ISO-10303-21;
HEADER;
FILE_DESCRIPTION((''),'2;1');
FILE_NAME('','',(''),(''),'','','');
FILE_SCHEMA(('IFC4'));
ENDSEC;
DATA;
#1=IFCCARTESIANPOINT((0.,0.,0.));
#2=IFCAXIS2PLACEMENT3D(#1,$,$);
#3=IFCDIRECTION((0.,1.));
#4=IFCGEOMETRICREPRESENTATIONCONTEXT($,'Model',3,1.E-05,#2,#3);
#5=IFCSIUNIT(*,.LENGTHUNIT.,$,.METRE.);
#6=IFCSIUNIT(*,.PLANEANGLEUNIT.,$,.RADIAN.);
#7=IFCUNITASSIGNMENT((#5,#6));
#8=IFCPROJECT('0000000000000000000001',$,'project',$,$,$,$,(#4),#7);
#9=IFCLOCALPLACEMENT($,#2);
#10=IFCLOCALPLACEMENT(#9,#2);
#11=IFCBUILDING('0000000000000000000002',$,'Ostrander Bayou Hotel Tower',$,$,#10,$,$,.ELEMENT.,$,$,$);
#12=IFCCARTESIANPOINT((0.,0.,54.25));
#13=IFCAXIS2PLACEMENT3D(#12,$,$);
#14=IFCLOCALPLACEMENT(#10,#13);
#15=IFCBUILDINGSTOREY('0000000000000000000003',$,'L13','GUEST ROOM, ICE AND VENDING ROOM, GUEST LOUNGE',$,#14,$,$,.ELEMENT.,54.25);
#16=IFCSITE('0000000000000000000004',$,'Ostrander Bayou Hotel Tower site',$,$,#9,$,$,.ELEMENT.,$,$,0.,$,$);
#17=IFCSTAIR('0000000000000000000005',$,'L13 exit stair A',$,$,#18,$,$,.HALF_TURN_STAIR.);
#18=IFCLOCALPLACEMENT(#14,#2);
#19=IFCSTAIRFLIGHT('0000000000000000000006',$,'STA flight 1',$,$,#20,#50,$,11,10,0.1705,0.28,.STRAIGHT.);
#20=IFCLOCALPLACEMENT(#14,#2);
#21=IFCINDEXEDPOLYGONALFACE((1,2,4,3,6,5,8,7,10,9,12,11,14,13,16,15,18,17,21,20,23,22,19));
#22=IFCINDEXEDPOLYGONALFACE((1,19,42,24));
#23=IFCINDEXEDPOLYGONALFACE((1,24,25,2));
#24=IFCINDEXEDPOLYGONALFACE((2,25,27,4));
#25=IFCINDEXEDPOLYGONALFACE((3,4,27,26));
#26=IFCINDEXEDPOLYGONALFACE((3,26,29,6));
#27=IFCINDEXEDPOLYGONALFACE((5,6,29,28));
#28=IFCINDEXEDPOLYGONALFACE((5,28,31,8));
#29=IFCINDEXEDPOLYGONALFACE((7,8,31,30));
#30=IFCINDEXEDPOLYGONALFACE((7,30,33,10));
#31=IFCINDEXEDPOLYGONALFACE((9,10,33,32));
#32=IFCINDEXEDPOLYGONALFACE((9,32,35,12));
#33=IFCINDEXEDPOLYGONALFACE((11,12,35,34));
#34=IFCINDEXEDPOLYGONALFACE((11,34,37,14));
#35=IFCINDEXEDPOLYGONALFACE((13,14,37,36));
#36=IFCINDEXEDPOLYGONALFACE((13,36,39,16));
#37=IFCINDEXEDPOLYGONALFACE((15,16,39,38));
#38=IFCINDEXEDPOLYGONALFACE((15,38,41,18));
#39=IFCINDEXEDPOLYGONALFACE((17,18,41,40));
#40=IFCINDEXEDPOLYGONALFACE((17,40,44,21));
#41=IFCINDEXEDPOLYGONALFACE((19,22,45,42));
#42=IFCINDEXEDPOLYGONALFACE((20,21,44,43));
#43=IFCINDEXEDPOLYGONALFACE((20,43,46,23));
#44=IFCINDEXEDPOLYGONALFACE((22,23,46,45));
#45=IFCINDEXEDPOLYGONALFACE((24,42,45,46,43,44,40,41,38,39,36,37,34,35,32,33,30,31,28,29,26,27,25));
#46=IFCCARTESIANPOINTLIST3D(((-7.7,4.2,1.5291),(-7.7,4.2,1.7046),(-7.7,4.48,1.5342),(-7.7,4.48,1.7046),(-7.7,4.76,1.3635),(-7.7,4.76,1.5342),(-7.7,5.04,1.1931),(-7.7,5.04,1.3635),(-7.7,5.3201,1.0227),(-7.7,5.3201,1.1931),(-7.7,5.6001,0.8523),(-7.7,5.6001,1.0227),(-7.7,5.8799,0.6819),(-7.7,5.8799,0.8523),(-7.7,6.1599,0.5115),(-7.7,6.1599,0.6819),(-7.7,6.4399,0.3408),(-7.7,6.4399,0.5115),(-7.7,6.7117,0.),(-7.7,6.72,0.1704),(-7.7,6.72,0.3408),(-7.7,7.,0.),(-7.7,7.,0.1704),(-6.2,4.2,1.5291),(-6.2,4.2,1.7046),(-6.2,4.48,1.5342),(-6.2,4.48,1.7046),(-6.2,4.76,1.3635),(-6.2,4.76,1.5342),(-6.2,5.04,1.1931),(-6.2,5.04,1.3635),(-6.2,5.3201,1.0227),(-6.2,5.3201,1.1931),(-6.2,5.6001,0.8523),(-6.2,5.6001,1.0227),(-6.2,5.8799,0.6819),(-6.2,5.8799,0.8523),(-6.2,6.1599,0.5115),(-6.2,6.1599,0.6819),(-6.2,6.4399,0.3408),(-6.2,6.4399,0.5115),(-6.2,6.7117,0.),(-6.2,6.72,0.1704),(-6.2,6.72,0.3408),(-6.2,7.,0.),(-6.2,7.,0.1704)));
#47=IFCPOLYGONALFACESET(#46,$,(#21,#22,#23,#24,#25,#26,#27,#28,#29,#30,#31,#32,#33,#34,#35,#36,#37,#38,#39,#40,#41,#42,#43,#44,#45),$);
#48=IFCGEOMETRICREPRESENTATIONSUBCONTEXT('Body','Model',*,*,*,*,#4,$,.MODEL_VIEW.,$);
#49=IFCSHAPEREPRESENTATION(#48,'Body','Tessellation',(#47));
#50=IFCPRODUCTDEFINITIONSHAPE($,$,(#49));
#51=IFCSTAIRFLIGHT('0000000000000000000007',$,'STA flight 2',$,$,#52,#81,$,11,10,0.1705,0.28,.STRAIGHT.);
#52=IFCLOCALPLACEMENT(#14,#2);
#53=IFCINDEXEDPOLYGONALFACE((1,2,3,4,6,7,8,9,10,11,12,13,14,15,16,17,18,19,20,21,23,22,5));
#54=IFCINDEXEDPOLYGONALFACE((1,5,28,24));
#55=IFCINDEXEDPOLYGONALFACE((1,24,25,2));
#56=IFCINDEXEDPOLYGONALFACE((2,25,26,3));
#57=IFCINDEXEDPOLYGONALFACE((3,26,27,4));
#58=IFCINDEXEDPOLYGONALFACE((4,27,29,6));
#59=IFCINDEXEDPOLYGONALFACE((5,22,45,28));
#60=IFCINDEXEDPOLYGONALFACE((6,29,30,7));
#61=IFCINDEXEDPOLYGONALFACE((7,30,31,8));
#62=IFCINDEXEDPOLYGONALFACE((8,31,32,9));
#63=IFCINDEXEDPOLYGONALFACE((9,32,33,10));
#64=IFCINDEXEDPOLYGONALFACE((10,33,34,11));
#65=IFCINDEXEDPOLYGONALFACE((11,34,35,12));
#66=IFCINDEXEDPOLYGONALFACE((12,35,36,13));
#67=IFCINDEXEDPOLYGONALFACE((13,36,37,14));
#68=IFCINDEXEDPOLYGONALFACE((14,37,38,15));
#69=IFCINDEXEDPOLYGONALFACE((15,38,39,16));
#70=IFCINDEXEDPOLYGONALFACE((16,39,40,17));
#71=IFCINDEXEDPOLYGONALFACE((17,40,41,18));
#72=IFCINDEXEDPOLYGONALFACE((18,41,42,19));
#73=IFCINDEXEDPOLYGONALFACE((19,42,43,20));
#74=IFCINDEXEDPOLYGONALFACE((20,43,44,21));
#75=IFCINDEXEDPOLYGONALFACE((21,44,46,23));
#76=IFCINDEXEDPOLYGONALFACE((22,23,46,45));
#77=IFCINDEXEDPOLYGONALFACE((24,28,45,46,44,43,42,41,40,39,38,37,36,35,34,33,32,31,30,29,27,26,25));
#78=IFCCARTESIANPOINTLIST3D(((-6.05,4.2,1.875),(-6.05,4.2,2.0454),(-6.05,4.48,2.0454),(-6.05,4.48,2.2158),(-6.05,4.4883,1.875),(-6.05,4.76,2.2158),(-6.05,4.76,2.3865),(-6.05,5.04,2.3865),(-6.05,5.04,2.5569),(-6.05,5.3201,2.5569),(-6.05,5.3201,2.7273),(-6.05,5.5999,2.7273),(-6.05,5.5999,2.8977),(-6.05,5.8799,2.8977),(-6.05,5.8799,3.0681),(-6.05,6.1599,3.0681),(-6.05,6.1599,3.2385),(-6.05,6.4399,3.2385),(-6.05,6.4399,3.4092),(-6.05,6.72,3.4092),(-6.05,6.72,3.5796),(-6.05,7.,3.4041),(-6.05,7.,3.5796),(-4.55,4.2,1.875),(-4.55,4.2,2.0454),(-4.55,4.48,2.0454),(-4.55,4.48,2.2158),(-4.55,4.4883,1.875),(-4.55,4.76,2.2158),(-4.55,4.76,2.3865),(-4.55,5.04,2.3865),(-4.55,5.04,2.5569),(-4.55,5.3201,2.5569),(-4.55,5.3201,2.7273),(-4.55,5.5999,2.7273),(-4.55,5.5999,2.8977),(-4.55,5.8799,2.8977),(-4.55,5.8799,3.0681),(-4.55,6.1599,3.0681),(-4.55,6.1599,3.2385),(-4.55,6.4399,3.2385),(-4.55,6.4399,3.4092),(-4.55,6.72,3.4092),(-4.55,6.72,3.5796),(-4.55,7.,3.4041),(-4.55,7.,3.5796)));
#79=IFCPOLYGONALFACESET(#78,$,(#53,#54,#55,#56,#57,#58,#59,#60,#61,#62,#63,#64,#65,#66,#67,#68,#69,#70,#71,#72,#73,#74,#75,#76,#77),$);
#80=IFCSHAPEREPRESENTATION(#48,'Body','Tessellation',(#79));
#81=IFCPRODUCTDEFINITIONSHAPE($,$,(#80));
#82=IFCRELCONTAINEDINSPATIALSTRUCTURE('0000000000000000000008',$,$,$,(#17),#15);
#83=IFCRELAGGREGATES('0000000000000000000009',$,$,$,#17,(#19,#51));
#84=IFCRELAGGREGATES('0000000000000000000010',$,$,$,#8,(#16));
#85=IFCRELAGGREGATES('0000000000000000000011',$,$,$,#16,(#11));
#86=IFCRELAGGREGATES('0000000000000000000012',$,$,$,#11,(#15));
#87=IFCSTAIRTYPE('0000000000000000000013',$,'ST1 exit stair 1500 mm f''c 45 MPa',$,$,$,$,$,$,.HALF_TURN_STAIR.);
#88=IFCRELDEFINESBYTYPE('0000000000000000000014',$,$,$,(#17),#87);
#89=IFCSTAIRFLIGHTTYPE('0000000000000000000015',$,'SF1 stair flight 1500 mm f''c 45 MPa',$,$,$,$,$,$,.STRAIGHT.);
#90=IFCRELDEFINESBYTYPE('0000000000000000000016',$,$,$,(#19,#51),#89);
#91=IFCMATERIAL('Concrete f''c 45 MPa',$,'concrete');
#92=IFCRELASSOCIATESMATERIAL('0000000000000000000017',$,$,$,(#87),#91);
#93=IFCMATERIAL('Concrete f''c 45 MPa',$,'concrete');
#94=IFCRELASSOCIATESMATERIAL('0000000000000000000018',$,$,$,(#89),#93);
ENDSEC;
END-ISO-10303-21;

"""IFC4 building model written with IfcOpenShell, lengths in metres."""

from ifc_helpers import new_model, si_unit, direction, frame, origin, place, context, subcontext, project, spatial, polyline, outline, extrude, material, type_object, element, aggregate, save


model = new_model("IFC4")

# Units and contexts
model_context = context("Model", 3, precision=1e-05, world=origin(), true_north=direction((0.0, 1.0)))
body_context = subcontext(model_context, "Body", "Model", "MODEL_VIEW")
ifc_project = project(units=[si_unit("LENGTHUNIT", "METRE"), si_unit("PLANEANGLEUNIT", "RADIAN")], contexts=[model_context])

# Site, building, storey
site_placement = place(None, origin())
site = spatial("IfcSite", under=ifc_project, at=site_placement, Name="Ostrander Bayou Hotel Tower site", CompositionType="ELEMENT", RefElevation=0.0)
building_placement = place(site_placement, origin())
building = spatial("IfcBuilding", under=site, at=building_placement, Name="Ostrander Bayou Hotel Tower", CompositionType="ELEMENT")
storey_placement = place(building_placement, frame((0.0, 0.0, 54.25)))
storey = spatial("IfcBuildingStorey", under=building, at=storey_placement, Name="L13", Description="GUEST ROOM, ICE AND VENDING ROOM, GUEST LOUNGE", CompositionType="ELEMENT", Elevation=54.25)

# Stair
ifc_material_1 = material(Name="Concrete f'c 45 MPa", Category="concrete")
stair_type = type_object("IfcStairType", Name="ST1 exit stair 1500 mm f'c 45 MPa", PredefinedType="HALF_TURN_STAIR", material=ifc_material_1)
stair_placement = place(storey_placement, origin())
stair = element("IfcStair", 1, at=stair_placement, inside=storey, type_object=stair_type, Name="L13 exit stair A", PredefinedType="HALF_TURN_STAIR")

# Stair flights
ifc_material_2 = material(Name="Concrete f'c 45 MPa", Category="concrete")
stair_flight_type = type_object("IfcStairFlightType", Name="SF1 stair flight 1500 mm f'c 45 MPa", PredefinedType="STRAIGHT", material=ifc_material_2)
stair_flight_1_placement = place(storey_placement, frame((-6.95, 7.0, 0.0), z_axis=(0.0, 0.0, 1.0), x_axis=(0.0, -1.0, 0.0)))
stair_flight_1 = element("IfcStairFlight", 2, at=stair_flight_1_placement, type_object=stair_flight_type, Name="STA flight 1", NumberOfRisers=11, NumberOfTreads=10, PredefinedType="STRAIGHT", RiserHeight=0.1705, TreadLength=0.28, context=body_context, shape_type="SweptSolid", body=[
    extrude(outline(polyline([(0.0, 0.0), (0.0, 0.1704), (0.28, 0.1704), (0.28, 0.3408), (0.5601, 0.3408), (0.5601, 0.5115), (0.8401, 0.5115), (0.8401, 0.6819), (1.1201, 0.6819), (1.1201, 0.8523), (1.3999, 0.8523), (1.3999, 1.0227), (1.6799, 1.0227), (1.6799, 1.1931), (1.96, 1.1931), (1.96, 1.3635), (2.24, 1.3635), (2.24, 1.5342), (2.52, 1.5342), (2.52, 1.7046), (2.8, 1.7046), (2.8, 1.875), (2.8, 1.5291), (0.2883, 0.0), (0.0, 0.0)])), frame((0.0, 0.75, 0.0), z_axis=(0.0, -1.0, 0.0), x_axis=(1.0, 0.0, 0.0)), (0.0, 0.0, 1.0), 1.5),
])
stair_flight_2_placement = place(storey_placement, frame((-5.3, 4.2, 1.875), z_axis=(0.0, 0.0, 1.0), x_axis=(0.0, 1.0, 0.0)))
stair_flight_2 = element("IfcStairFlight", 3, at=stair_flight_2_placement, type_object=stair_flight_type, Name="STA flight 2", NumberOfRisers=11, NumberOfTreads=10, PredefinedType="STRAIGHT", RiserHeight=0.1705, TreadLength=0.28, context=body_context, shape_type="SweptSolid", body=[
    extrude(outline(polyline([(0.0, 0.0), (0.0, 0.1704), (0.28, 0.1704), (0.28, 0.3408), (0.5601, 0.3408), (0.5601, 0.5115), (0.8401, 0.5115), (0.8401, 0.6819), (1.1201, 0.6819), (1.1201, 0.8523), (1.3999, 0.8523), (1.3999, 1.0227), (1.6799, 1.0227), (1.6799, 1.1931), (1.96, 1.1931), (1.96, 1.3635), (2.24, 1.3635), (2.24, 1.5342), (2.52, 1.5342), (2.52, 1.7046), (2.8, 1.7046), (2.8, 1.875), (2.8, 1.5291), (0.2883, 0.0), (0.0, 0.0)])), frame((0.0, 0.75, 0.0), z_axis=(0.0, -1.0, 0.0), x_axis=(1.0, 0.0, 0.0)), (0.0, 0.0, 1.0), 1.5),
])
aggregate(stair, [stair_flight_1, stair_flight_2])

save(model, "model.ifc")
